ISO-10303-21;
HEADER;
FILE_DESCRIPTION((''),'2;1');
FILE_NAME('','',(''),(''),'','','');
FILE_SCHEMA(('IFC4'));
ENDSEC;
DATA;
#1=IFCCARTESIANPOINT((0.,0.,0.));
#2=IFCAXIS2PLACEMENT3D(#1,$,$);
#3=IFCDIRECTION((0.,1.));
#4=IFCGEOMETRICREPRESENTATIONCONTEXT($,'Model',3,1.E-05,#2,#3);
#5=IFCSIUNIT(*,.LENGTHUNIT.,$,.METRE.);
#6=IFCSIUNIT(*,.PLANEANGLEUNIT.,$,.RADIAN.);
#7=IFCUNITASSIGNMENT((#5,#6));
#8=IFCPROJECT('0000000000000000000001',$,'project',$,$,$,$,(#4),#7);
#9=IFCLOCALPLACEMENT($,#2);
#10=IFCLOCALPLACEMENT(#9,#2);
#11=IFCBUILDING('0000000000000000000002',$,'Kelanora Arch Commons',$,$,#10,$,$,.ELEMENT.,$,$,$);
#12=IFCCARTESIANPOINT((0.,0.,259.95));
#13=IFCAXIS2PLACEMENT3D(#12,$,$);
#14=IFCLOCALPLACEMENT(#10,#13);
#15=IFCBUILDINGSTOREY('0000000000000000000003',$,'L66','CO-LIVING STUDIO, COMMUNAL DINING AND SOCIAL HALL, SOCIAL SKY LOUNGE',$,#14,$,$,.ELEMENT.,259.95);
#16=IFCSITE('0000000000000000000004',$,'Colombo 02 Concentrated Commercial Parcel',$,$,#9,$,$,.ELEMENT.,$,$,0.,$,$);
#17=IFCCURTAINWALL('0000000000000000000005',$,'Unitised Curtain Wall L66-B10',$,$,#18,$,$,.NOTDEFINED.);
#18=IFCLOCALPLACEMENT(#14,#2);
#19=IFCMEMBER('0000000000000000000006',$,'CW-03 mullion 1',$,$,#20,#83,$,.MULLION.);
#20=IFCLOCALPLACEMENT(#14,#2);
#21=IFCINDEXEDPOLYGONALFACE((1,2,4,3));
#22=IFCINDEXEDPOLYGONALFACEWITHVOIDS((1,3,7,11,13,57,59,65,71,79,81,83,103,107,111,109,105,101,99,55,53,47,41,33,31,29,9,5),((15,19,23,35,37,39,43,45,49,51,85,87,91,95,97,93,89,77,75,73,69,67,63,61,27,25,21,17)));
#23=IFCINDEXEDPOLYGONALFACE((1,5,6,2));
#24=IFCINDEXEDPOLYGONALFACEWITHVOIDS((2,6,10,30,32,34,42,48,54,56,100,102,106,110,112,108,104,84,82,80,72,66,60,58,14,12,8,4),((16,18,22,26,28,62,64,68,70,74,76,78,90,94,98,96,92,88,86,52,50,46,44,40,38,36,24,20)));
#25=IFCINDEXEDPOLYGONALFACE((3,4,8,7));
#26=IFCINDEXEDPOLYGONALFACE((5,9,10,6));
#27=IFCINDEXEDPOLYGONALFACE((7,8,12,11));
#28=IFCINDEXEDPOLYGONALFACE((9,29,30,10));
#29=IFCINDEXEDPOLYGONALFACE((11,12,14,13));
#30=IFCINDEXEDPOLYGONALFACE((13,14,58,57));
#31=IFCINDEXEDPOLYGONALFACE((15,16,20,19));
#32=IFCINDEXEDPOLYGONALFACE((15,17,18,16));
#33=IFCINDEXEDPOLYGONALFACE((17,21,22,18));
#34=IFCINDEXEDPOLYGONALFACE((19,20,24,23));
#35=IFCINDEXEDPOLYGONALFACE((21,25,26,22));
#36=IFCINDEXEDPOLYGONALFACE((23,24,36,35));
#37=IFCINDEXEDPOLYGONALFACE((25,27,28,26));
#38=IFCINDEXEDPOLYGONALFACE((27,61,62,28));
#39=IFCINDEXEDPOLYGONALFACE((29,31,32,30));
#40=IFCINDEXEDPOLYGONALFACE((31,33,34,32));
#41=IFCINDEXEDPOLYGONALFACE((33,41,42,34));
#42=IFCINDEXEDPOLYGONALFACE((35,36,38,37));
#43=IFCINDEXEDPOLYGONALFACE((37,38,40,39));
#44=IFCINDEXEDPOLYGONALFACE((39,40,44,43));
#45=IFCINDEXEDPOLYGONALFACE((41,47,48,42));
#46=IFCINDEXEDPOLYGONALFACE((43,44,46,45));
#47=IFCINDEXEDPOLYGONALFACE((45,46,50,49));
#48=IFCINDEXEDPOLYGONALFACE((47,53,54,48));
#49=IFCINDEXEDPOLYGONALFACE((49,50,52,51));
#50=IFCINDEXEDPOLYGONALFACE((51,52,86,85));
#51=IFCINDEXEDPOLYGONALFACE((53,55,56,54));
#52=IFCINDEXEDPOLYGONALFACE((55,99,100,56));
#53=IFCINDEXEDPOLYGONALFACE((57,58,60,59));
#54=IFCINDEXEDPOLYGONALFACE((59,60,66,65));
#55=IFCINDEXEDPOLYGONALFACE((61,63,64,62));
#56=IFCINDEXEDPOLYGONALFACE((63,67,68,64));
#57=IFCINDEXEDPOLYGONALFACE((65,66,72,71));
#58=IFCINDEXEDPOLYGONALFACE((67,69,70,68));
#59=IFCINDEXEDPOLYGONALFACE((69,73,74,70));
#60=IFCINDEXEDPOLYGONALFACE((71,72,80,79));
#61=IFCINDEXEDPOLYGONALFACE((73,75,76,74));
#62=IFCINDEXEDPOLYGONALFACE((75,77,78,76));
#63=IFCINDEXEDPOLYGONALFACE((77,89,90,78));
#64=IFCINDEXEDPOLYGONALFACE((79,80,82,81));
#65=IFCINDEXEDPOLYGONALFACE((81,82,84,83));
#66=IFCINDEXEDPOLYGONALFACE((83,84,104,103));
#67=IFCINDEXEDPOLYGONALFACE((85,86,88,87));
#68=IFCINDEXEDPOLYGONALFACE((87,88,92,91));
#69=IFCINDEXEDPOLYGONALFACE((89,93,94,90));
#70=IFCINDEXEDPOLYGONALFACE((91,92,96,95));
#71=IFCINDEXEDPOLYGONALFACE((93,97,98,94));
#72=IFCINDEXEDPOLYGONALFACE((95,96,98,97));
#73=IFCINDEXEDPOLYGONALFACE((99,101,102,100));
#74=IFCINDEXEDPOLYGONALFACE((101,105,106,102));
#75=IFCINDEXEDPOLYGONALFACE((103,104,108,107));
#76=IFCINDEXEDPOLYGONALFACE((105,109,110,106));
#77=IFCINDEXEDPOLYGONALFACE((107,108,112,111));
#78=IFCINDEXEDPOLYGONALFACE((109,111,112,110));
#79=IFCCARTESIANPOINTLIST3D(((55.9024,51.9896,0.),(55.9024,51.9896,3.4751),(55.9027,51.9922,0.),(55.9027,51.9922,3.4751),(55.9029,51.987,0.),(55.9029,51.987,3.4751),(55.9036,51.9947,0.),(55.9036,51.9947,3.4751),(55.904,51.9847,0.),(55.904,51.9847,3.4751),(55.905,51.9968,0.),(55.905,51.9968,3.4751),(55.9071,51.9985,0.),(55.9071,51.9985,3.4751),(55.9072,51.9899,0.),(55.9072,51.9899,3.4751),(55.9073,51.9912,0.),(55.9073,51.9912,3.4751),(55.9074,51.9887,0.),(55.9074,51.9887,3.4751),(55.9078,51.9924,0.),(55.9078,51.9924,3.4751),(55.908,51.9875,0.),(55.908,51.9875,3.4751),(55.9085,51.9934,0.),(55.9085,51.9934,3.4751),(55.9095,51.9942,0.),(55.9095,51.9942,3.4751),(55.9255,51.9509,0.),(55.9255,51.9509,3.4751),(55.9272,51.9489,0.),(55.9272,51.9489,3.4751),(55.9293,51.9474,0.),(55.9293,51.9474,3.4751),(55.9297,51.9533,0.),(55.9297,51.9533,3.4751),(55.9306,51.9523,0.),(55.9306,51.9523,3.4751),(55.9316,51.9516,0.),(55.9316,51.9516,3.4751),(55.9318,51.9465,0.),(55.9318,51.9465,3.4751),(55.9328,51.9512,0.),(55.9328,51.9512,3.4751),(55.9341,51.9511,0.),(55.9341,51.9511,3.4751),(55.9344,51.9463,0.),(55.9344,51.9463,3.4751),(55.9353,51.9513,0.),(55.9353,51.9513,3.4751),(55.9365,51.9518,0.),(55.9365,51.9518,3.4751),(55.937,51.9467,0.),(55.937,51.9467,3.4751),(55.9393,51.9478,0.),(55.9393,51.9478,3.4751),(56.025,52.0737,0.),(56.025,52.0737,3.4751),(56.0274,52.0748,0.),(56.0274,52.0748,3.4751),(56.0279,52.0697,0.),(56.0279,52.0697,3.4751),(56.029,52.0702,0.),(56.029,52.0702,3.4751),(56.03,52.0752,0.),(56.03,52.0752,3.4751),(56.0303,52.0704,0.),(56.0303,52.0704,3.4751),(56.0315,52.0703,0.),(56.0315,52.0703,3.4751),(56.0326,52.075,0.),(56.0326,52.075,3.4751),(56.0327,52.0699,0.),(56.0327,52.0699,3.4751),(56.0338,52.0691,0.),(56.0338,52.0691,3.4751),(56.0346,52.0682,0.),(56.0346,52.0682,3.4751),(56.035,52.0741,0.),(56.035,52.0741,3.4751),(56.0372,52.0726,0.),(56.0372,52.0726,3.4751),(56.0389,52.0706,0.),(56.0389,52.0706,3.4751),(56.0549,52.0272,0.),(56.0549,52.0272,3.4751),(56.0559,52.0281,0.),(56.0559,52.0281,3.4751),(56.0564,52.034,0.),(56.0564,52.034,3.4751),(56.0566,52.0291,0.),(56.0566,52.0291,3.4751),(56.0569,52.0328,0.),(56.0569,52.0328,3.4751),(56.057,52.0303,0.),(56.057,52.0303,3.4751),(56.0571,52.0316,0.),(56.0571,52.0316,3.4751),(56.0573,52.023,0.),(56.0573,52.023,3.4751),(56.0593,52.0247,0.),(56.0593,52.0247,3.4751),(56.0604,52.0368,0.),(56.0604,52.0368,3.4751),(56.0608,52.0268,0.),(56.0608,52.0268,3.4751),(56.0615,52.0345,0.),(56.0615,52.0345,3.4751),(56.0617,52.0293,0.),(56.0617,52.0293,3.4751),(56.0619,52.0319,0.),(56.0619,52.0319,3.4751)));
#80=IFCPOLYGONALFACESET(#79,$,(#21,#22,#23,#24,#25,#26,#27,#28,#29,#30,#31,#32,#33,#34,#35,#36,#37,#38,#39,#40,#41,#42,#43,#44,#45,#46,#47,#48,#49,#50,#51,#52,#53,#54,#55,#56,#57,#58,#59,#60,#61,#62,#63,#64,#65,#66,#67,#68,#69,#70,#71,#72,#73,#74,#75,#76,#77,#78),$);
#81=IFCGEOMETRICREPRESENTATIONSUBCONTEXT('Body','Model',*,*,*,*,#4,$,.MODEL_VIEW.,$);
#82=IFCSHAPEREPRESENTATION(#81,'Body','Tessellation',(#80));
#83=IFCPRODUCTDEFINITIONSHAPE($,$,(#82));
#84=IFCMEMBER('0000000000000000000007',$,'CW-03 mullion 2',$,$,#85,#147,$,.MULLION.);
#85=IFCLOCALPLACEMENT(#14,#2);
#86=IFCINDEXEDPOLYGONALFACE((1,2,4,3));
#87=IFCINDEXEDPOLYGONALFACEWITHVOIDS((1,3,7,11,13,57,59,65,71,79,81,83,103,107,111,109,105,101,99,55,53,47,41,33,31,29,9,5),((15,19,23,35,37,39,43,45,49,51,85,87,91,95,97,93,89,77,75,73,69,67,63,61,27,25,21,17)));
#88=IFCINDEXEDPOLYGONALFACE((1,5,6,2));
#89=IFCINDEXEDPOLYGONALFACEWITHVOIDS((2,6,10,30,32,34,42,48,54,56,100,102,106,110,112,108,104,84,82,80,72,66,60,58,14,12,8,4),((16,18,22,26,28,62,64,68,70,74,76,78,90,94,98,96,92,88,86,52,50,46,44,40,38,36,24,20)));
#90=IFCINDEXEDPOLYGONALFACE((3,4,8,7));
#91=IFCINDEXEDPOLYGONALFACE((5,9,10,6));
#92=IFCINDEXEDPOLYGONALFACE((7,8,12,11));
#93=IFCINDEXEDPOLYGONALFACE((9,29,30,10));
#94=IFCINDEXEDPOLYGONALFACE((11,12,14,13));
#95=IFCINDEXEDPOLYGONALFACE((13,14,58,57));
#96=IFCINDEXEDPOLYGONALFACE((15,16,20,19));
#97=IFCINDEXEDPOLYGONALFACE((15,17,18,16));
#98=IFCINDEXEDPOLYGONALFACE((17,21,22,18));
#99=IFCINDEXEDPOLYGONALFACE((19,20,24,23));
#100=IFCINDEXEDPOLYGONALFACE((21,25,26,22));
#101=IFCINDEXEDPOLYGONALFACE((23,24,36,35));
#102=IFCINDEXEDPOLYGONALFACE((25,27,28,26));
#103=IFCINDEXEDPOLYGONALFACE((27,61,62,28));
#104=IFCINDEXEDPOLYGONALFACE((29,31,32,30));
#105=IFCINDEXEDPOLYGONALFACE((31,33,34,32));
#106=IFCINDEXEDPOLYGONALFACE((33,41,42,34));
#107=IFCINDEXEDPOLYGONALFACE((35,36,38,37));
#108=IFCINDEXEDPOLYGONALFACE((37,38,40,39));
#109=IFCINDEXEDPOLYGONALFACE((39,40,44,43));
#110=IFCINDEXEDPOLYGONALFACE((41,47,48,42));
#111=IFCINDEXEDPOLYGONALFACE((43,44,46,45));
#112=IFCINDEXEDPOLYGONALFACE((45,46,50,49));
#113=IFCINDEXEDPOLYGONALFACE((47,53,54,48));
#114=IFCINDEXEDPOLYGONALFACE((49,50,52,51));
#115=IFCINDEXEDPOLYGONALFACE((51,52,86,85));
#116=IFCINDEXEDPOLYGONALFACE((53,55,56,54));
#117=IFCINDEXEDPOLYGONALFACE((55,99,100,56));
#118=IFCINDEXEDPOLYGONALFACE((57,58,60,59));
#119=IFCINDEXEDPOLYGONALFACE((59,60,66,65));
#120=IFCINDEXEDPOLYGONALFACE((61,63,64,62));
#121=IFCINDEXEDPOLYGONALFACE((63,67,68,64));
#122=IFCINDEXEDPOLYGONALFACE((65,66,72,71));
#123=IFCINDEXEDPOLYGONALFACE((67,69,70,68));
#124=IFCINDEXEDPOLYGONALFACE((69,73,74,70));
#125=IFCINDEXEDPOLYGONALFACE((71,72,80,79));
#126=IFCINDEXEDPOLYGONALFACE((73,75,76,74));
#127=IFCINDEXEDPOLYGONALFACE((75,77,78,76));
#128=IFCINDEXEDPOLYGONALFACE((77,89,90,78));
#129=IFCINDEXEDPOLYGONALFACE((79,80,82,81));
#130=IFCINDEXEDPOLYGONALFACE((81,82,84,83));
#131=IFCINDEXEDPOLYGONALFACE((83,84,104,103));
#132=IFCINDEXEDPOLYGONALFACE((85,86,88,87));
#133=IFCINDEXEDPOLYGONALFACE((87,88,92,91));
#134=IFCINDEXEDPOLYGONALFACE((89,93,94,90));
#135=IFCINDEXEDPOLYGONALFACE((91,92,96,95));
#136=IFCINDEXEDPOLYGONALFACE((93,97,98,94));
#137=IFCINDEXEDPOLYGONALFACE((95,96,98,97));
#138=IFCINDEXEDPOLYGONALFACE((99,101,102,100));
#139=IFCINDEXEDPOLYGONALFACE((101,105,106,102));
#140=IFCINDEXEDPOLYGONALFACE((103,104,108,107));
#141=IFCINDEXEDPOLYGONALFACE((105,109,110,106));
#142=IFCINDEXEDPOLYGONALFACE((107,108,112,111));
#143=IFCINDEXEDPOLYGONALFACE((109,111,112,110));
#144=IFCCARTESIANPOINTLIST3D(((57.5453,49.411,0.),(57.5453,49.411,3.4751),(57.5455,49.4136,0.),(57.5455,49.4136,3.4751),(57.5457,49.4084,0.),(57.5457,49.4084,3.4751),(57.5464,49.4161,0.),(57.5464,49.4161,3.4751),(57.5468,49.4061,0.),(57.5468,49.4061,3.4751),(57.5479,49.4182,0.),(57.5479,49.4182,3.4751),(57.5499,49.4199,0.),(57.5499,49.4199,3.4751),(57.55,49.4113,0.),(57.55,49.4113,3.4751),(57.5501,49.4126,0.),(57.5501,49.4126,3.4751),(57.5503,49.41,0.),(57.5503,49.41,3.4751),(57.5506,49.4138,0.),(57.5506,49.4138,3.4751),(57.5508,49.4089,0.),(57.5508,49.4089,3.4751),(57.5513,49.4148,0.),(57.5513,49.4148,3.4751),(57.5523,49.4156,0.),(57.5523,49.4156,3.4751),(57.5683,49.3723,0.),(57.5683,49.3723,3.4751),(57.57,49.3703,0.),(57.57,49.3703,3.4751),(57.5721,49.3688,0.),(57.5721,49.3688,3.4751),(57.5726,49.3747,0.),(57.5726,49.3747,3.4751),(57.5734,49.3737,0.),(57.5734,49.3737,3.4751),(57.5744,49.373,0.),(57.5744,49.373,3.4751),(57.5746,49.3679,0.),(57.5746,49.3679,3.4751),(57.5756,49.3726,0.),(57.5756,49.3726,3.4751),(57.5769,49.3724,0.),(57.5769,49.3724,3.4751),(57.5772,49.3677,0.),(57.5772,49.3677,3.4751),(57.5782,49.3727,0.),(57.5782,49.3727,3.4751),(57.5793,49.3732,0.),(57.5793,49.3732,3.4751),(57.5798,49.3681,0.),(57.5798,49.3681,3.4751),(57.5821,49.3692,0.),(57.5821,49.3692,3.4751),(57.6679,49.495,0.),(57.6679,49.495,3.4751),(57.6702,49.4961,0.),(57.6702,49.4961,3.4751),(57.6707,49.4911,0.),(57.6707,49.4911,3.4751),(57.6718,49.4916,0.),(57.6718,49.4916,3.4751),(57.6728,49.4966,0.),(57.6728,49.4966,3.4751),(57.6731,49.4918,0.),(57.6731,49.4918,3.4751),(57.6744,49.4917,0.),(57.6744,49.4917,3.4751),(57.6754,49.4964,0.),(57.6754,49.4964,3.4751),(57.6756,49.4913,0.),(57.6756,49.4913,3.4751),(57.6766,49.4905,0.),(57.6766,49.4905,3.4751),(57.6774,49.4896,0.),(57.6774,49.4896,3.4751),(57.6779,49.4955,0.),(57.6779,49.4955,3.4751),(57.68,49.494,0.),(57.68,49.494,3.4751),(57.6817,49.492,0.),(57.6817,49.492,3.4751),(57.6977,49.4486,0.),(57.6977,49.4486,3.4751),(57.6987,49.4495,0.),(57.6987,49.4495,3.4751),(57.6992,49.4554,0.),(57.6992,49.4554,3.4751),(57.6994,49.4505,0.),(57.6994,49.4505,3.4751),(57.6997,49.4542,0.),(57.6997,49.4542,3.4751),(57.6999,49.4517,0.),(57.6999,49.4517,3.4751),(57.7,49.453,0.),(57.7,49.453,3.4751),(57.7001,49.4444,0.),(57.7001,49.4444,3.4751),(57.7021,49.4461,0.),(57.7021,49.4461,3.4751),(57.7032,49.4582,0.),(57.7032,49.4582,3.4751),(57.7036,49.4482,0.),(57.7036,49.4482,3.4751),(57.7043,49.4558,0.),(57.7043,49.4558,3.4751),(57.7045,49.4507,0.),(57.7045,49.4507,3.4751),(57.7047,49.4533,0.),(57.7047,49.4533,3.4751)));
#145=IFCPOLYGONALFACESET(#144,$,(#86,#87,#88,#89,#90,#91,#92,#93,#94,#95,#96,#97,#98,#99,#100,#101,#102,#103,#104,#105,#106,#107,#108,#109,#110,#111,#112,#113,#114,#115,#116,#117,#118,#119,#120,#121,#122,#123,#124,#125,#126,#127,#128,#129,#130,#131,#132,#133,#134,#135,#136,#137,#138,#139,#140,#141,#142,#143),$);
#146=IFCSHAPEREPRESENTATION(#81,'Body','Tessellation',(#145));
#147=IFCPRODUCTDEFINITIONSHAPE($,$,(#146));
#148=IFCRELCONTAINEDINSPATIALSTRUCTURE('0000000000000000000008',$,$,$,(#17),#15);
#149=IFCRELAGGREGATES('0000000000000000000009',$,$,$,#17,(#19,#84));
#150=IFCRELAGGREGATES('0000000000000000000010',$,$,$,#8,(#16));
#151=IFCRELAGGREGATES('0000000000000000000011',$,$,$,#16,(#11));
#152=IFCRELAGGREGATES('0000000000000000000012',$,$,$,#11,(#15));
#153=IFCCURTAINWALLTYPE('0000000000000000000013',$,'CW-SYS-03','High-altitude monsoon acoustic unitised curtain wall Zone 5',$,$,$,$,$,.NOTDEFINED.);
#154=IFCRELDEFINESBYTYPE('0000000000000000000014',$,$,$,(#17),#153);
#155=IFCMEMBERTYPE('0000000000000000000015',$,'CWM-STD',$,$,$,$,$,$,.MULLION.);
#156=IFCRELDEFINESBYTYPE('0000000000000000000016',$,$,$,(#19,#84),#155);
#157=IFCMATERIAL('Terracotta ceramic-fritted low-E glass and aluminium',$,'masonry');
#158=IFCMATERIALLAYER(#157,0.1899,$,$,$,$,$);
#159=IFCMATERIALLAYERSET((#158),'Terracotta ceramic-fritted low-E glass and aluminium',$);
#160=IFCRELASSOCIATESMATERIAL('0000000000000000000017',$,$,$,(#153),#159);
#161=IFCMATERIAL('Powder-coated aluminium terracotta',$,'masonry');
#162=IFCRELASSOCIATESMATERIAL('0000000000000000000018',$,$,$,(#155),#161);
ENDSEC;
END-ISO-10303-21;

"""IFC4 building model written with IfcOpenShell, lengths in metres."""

from ifc_helpers import new_model, si_unit, direction, frame, origin, origin_2d, place, context, subcontext, project, spatial, hollow_rectangle, extrude, material, layer, layer_set, material_profile, profile_set, type_object, element, aggregate, save


model = new_model("IFC4")

# Units and contexts
model_context = context("Model", 3, precision=1e-05, world=origin(), true_north=direction((0.0, 1.0)))
body_context = subcontext(model_context, "Body", "Model", "MODEL_VIEW")
ifc_project = project(units=[si_unit("LENGTHUNIT", "METRE"), si_unit("PLANEANGLEUNIT", "RADIAN")], contexts=[model_context])

# Site, building, storey
site_placement = place(None, origin())
site = spatial("IfcSite", under=ifc_project, at=site_placement, Name="Colombo 02 Concentrated Commercial Parcel", CompositionType="ELEMENT", RefElevation=0.0)
building_placement = place(site_placement, origin())
building = spatial("IfcBuilding", under=site, at=building_placement, Name="Kelanora Arch Commons", CompositionType="ELEMENT")
storey_placement = place(building_placement, frame((0.0, 0.0, 259.95)))
storey = spatial("IfcBuildingStorey", under=building, at=storey_placement, Name="L66", Description="CO-LIVING STUDIO, COMMUNAL DINING AND SOCIAL HALL, SOCIAL SKY LOUNGE", CompositionType="ELEMENT", Elevation=259.95)

# Curtain wall, members
ifc_material_1 = material(Name="Terracotta ceramic-fritted low-E glass and aluminium", Category="masonry")
ifc_layer_1 = layer(ifc_material_1, 0.1899)
ifc_layer_set_1 = layer_set([ifc_layer_1], Name="Terracotta ceramic-fritted low-E glass and aluminium")
curtain_wall_type = type_object("IfcCurtainWallType", Name="CW-SYS-03", Description="High-altitude monsoon acoustic unitised curtain wall Zone 5", PredefinedType="NOTDEFINED", material=ifc_layer_set_1)
curtain_wall_placement = place(storey_placement, origin())
curtain_wall = element("IfcCurtainWall", 1, at=curtain_wall_placement, inside=storey, type_object=curtain_wall_type, Name="Unitised Curtain Wall L66-B10", PredefinedType="NOTDEFINED")
ifc_material_2 = material(Name="Powder-coated aluminium terracotta", Category="masonry")
ifc_material_profile_1 = material_profile(ifc_material_2, hollow_rectangle(XDim=0.1599, YDim=0.0601, WallThickness=0.0049, InnerFilletRadius=0.0049, OuterFilletRadius=0.01, at=origin_2d()), Name="CWM160x60")
ifc_profile_set_1 = profile_set([ifc_material_profile_1], Name="Powder-coated aluminium terracotta")
member_type_1 = type_object("IfcMemberType", Name="CWM-STD", PredefinedType="MULLION", material=ifc_profile_set_1)
member_1_placement = place(storey_placement, frame((55.9822, 52.0107, 0.0), z_axis=(0.0, 0.0, 1.0), x_axis=(0.843391, 0.5373, 0.0)))
member_1 = element("IfcMember", 2, at=member_1_placement, type_object=member_type_1, Name="CW-03 mullion 1", PredefinedType="MULLION", context=body_context, shape_type="SweptSolid", body=[
    extrude(hollow_rectangle(XDim=0.1599, YDim=0.0601, WallThickness=0.0049, InnerFilletRadius=0.0049, OuterFilletRadius=0.01, at=origin_2d()), origin(), (0.0, 0.0, 1.0), 3.4751),
])
member_2_placement = place(storey_placement, frame((57.625, 49.4321, 0.0), z_axis=(0.0, 0.0, 1.0), x_axis=(0.843391, 0.5373, 0.0)))
member_2 = element("IfcMember", 3, at=member_2_placement, type_object=member_type_1, Name="CW-03 mullion 2", PredefinedType="MULLION", context=body_context, shape_type="SweptSolid", body=[
    extrude(hollow_rectangle(XDim=0.1599, YDim=0.0601, WallThickness=0.0049, InnerFilletRadius=0.0049, OuterFilletRadius=0.01, at=origin_2d()), origin(), (0.0, 0.0, 1.0), 3.4751),
])

aggregate(curtain_wall, [member_1, member_2])

save(model, "model.ifc")
